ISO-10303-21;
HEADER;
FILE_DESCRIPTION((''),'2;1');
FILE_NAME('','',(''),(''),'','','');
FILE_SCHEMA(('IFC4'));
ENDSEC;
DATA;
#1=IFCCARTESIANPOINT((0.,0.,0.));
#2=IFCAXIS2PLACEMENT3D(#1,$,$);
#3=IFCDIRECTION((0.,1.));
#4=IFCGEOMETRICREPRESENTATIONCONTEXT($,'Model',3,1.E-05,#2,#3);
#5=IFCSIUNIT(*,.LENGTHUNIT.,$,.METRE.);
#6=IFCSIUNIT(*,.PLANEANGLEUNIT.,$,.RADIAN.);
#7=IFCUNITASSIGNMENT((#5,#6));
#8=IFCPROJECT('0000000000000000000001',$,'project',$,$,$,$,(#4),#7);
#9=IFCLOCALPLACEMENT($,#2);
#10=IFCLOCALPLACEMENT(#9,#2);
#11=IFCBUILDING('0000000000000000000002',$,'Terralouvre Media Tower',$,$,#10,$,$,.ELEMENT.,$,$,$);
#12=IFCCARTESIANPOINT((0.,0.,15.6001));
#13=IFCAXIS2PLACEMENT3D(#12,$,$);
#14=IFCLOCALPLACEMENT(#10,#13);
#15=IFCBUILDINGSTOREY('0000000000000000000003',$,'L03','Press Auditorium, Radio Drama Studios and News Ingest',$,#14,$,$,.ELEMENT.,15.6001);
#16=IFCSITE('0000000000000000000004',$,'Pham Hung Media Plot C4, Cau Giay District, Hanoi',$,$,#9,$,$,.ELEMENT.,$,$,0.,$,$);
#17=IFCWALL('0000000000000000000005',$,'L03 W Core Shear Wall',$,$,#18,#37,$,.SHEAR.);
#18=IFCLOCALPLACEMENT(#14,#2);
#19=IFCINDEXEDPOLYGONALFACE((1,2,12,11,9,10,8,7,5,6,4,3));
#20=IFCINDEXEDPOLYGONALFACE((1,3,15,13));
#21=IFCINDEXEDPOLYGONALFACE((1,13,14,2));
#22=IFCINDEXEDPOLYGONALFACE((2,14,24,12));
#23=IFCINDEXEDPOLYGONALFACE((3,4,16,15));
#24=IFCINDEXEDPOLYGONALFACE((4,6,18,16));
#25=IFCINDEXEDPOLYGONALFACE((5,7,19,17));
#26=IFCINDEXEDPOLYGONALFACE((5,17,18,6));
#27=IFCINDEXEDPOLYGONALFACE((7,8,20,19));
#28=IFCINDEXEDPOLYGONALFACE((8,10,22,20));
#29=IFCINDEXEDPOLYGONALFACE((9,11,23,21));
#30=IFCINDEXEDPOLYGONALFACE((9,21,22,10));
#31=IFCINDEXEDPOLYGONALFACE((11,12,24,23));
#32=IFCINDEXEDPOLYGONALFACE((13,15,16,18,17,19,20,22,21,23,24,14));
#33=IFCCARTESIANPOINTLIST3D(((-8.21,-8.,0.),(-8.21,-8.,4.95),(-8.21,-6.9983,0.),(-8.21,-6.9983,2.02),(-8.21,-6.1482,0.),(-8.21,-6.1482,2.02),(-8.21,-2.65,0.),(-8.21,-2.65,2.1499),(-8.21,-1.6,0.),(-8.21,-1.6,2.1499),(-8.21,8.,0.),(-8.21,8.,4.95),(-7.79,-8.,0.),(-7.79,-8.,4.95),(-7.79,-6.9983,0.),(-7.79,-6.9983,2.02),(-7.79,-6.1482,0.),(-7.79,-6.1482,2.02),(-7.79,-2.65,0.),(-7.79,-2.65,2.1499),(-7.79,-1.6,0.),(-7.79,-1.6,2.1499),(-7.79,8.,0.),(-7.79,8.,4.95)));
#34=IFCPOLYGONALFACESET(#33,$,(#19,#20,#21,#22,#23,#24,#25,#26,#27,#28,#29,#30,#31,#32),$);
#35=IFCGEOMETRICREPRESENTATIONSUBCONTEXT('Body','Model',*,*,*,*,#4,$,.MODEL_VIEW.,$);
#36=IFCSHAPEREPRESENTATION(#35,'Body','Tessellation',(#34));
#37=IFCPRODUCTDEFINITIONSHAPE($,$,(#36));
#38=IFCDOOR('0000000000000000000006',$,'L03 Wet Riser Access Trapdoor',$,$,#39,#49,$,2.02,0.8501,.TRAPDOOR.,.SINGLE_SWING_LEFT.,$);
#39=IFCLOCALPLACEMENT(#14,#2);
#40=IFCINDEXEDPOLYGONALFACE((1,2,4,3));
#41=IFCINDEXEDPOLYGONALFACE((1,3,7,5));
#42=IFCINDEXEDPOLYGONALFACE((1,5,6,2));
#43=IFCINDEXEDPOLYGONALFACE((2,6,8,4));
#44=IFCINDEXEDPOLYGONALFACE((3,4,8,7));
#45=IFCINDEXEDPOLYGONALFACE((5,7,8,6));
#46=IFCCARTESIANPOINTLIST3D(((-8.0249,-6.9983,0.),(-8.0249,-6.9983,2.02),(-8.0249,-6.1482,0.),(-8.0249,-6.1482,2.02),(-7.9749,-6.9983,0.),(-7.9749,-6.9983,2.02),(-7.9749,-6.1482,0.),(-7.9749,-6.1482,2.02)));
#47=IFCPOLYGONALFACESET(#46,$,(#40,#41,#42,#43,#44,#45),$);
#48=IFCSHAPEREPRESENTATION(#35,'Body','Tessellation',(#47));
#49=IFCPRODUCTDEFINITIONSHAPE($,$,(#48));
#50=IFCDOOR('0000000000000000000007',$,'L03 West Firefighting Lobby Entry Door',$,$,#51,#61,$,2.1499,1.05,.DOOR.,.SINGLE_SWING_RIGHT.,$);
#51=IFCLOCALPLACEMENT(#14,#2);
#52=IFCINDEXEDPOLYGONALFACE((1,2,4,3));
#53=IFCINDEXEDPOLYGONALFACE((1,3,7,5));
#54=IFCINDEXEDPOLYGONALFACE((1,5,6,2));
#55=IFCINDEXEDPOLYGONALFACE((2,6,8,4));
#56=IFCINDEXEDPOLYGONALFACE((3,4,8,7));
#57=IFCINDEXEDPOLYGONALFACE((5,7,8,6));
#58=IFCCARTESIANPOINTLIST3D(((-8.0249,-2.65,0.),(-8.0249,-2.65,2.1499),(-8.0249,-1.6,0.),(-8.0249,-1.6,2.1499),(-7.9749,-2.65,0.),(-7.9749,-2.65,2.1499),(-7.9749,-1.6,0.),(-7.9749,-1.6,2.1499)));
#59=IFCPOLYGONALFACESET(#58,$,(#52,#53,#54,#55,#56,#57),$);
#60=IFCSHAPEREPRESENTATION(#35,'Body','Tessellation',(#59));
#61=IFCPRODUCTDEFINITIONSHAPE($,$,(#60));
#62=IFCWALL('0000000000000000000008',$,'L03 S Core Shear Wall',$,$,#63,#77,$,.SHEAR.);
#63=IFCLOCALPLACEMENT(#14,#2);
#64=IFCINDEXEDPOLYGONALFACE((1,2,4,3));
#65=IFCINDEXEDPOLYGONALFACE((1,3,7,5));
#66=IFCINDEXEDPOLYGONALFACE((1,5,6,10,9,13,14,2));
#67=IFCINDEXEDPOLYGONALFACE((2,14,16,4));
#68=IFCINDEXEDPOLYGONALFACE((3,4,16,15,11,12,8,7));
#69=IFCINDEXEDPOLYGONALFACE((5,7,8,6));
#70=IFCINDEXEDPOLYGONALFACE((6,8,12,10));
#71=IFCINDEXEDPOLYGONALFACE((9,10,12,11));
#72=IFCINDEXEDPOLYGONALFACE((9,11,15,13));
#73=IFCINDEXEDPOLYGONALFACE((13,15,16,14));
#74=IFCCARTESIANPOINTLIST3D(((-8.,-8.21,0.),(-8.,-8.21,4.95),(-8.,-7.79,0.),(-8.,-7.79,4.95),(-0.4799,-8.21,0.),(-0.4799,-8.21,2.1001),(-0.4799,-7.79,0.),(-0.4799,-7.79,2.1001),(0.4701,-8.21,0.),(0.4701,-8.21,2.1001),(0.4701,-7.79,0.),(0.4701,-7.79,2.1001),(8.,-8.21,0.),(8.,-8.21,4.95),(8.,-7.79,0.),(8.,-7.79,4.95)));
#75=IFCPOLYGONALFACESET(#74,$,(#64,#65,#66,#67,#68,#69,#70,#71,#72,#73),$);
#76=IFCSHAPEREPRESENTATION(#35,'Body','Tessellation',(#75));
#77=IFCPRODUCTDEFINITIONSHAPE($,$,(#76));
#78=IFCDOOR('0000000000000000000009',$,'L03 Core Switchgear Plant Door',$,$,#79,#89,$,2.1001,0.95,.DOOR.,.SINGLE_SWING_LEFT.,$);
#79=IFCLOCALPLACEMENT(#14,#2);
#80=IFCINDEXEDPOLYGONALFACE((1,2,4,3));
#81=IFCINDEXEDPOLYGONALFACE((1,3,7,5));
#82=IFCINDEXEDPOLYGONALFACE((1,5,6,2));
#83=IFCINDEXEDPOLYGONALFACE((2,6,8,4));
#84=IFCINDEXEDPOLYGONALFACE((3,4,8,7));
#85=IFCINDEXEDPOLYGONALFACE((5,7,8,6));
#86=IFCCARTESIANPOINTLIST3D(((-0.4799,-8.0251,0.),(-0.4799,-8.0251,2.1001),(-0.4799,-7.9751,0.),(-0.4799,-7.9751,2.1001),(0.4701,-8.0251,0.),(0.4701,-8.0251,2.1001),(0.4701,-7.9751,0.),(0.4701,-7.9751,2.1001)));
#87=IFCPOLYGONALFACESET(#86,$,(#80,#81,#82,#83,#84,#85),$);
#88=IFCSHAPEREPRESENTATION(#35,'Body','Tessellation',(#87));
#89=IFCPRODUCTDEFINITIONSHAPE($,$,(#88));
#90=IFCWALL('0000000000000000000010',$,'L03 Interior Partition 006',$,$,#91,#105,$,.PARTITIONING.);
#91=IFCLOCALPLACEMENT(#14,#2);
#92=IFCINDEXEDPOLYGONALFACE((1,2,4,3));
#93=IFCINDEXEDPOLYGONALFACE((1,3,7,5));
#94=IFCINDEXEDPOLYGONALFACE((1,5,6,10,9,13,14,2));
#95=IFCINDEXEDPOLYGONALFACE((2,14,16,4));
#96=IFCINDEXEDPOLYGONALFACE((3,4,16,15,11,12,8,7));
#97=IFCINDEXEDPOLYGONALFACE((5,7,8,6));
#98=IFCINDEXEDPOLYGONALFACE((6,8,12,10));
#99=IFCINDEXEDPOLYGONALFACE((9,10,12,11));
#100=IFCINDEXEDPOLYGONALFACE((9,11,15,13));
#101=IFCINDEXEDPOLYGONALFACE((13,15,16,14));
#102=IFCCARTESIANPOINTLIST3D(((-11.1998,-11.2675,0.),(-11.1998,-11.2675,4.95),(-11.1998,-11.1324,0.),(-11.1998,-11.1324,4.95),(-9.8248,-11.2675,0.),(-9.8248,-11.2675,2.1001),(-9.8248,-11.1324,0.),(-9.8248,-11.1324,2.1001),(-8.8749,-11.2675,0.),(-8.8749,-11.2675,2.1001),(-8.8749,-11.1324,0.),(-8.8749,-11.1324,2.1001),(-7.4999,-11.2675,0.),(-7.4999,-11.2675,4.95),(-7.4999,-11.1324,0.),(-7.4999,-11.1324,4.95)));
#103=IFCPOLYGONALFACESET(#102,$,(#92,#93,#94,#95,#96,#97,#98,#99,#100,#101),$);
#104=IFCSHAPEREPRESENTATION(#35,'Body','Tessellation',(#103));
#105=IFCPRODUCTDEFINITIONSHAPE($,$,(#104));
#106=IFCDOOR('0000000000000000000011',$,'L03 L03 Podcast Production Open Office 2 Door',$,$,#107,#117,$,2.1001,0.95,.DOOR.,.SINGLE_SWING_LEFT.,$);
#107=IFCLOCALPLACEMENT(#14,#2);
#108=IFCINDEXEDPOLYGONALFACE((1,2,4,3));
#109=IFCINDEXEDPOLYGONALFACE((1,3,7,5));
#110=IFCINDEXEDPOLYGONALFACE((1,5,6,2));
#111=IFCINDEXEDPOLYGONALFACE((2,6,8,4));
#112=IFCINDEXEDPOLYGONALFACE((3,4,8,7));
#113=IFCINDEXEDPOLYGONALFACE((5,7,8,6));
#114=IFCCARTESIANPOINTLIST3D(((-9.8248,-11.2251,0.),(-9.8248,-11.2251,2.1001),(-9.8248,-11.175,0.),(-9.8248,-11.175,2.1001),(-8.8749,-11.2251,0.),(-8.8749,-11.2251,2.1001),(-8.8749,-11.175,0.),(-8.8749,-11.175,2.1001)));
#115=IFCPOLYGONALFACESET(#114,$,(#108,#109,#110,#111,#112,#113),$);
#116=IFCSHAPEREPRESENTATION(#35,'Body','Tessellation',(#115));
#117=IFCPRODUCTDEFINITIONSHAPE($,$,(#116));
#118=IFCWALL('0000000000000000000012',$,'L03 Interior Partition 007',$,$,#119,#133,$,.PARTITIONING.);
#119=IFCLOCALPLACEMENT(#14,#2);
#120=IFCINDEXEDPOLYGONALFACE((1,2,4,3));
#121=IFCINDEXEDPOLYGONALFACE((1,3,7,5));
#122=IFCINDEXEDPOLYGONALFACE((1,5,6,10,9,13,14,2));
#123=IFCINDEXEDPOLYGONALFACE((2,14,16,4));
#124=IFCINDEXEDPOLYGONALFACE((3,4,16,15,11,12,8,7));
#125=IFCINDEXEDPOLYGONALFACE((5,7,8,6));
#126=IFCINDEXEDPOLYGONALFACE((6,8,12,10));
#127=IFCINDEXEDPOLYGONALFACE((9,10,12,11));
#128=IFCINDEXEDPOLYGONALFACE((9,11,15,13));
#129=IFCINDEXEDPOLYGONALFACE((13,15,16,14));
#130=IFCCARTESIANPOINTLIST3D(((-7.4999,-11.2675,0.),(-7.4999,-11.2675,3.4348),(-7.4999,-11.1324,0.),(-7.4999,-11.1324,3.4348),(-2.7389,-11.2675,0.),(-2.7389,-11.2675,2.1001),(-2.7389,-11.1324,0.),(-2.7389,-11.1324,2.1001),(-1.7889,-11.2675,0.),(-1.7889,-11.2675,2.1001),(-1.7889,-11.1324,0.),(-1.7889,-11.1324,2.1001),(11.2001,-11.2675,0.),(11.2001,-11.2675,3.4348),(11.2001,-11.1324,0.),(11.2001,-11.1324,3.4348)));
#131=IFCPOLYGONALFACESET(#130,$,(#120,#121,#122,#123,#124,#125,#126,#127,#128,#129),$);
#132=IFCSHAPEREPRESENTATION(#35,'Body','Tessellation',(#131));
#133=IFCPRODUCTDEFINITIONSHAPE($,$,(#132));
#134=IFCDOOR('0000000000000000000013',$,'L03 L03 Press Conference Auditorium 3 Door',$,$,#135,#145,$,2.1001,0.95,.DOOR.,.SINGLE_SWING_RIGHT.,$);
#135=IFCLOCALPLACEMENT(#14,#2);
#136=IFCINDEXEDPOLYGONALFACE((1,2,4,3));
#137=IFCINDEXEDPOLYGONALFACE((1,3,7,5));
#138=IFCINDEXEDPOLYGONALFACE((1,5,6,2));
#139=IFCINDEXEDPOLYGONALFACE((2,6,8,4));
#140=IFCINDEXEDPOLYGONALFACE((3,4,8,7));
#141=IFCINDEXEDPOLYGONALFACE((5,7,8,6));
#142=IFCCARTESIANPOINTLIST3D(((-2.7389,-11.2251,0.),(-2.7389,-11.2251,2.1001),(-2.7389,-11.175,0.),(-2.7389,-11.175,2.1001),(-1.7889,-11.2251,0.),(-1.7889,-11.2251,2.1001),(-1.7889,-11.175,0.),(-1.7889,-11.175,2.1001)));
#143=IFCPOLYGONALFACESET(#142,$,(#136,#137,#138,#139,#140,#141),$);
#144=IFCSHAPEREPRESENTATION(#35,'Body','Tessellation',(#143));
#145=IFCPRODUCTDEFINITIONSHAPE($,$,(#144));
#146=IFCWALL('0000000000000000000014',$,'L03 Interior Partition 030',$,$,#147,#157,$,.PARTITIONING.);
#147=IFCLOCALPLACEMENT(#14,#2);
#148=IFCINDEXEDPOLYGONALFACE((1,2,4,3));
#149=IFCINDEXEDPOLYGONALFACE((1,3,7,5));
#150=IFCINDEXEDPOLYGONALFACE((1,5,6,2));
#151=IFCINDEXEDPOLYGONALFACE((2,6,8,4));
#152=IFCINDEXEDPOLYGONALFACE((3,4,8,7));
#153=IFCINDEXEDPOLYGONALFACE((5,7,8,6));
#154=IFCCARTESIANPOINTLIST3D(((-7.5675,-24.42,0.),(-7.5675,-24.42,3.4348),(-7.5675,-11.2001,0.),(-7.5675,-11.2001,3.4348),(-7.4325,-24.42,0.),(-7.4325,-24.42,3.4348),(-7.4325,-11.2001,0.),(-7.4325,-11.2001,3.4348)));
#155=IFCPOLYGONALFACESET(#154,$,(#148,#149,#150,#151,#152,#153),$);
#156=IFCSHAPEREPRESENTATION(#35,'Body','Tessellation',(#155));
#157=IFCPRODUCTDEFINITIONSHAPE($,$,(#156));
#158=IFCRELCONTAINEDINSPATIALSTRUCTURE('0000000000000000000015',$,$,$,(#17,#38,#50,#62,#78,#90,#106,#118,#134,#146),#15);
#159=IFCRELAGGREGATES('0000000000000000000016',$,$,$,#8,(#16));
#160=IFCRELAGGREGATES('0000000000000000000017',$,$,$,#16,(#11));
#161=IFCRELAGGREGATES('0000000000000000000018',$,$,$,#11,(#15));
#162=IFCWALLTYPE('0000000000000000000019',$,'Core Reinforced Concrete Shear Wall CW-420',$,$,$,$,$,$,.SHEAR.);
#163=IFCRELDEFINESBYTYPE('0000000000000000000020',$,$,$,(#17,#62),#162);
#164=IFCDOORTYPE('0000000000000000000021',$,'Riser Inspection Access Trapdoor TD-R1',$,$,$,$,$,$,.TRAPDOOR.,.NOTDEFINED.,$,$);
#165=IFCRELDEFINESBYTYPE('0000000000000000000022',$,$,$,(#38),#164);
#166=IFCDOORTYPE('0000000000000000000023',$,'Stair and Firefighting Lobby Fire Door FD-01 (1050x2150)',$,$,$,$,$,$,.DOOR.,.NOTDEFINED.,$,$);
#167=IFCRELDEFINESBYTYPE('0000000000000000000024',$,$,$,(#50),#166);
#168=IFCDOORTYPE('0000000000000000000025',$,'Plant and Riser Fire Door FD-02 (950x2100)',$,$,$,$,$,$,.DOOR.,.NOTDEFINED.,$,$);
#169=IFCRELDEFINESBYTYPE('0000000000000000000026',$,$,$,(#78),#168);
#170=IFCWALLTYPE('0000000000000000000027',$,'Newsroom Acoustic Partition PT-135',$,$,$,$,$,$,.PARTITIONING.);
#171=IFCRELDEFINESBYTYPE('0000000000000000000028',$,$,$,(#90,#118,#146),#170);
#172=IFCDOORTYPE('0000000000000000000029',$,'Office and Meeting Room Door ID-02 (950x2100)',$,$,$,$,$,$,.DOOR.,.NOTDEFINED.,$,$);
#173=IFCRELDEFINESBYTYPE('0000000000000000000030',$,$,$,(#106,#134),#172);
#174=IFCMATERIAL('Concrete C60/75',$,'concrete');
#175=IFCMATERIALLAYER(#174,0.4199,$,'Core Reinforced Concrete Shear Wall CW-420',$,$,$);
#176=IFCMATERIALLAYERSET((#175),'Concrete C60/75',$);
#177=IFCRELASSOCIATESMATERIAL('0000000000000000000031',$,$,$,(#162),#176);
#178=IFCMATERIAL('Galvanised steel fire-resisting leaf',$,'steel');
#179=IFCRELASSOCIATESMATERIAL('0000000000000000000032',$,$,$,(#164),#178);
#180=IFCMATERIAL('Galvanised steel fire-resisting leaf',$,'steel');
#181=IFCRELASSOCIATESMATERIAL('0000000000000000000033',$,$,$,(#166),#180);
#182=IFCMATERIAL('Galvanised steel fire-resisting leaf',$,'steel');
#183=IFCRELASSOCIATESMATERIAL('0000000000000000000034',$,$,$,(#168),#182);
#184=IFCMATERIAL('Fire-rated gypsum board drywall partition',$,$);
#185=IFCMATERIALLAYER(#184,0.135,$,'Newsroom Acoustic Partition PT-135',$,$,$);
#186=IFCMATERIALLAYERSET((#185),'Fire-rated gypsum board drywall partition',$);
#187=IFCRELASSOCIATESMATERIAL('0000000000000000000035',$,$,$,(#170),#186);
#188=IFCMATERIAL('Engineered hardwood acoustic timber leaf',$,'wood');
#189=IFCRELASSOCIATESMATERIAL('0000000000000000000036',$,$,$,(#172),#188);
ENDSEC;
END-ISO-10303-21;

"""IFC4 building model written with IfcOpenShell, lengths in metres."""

from ifc_helpers import new_model, si_unit, direction, frame, frame_2d, origin, place, context, subcontext, project, spatial, rectangle, extrude, material, layer, layer_set, type_object, element, fill, save


model = new_model("IFC4")

# Units and contexts
model_context = context("Model", 3, precision=1e-05, world=origin(), true_north=direction((0.0, 1.0)))
body_context = subcontext(model_context, "Body", "Model", "MODEL_VIEW")
ifc_project = project(units=[si_unit("LENGTHUNIT", "METRE"), si_unit("PLANEANGLEUNIT", "RADIAN")], contexts=[model_context])

# Site, building, storey
site_placement = place(None, origin())
site = spatial("IfcSite", under=ifc_project, at=site_placement, Name="Pham Hung Media Plot C4, Cau Giay District, Hanoi", CompositionType="ELEMENT", RefElevation=0.0)
building_placement = place(site_placement, origin())
building = spatial("IfcBuilding", under=site, at=building_placement, Name="Terralouvre Media Tower", CompositionType="ELEMENT")
storey_placement = place(building_placement, frame((0.0, 0.0, 15.6001)))
storey = spatial("IfcBuildingStorey", under=building, at=storey_placement, Name="L03", Description="Press Auditorium, Radio Drama Studios and News Ingest", CompositionType="ELEMENT", Elevation=15.6001)

# Wall, openings, doors
ifc_material_1 = material(Name="Concrete C60/75", Category="concrete")
ifc_layer_1 = layer(ifc_material_1, 0.4199, Name="Core Reinforced Concrete Shear Wall CW-420")
ifc_layer_set_1 = layer_set([ifc_layer_1], Name="Concrete C60/75")
wall_type_1 = type_object("IfcWallType", Name="Core Reinforced Concrete Shear Wall CW-420", PredefinedType="SHEAR", material=ifc_layer_set_1)
wall_1_placement = place(storey_placement, frame((-8.0, -8.0, 0.0), z_axis=(0.0, 0.0, 1.0), x_axis=(0.0, 1.0, 0.0)))
wall_1 = element("IfcWall", 1, at=wall_1_placement, inside=storey, type_object=wall_type_1, Name="L03 W Core Shear Wall", PredefinedType="SHEAR", context=body_context, shape_type="SweptSolid", body=[
    extrude(rectangle(XDim=16.0, YDim=0.4199, at=frame_2d((8.0, 0.0))), origin(), (0.0, 0.0, 1.0), 4.95),
])
opening_1_placement = place(wall_1_placement, frame((1.0017, 0.0, 0.0)))
opening_1 = element("IfcOpeningElement", 2, at=opening_1_placement, cuts=wall_1, PredefinedType="OPENING", context=body_context, shape_type="SweptSolid", body=[
    extrude(rectangle(XDim=0.8501, YDim=2.02, at=frame_2d((0.425, 1.01))), frame((0.0, 0.22, 0.0), z_axis=(0.0, -1.0, 0.0), x_axis=(1.0, 0.0, 0.0)), (0.0, 0.0, 1.0), 0.4399),
])
opening_2_placement = place(wall_1_placement, frame((5.3501, 0.0, 0.0)))
opening_2 = element("IfcOpeningElement", 3, at=opening_2_placement, cuts=wall_1, PredefinedType="OPENING", context=body_context, shape_type="SweptSolid", body=[
    extrude(rectangle(XDim=1.05, YDim=2.1499, at=frame_2d((0.5249, 1.075))), frame((0.0, 0.22, 0.0), z_axis=(0.0, -1.0, 0.0), x_axis=(1.0, 0.0, 0.0)), (0.0, 0.0, 1.0), 0.4399),
])
ifc_material_2 = material(Name="Galvanised steel fire-resisting leaf", Category="steel")
door_type_1 = type_object("IfcDoorType", Name="Riser Inspection Access Trapdoor TD-R1", OperationType="NOTDEFINED", PredefinedType="TRAPDOOR", material=ifc_material_2)
door_1_placement = place(opening_1_placement, origin())
door_1 = element("IfcDoor", 4, at=door_1_placement, inside=storey, type_object=door_type_1, Name="L03 Wet Riser Access Trapdoor", OperationType="SINGLE_SWING_LEFT", OverallHeight=2.02, OverallWidth=0.8501, PredefinedType="TRAPDOOR", context=body_context, shape_type="SweptSolid", body=[
    extrude(rectangle(XDim=0.8501, YDim=2.02, at=frame_2d((0.425, 1.01))), frame((0.0, 0.0249, 0.0), z_axis=(0.0, -1.0, 0.0), x_axis=(1.0, 0.0, 0.0)), (0.0, 0.0, 1.0), 0.05),
])
fill(opening_1, door_1)
ifc_material_3 = material(Name="Galvanised steel fire-resisting leaf", Category="steel")
door_type_2 = type_object("IfcDoorType", Name="Stair and Firefighting Lobby Fire Door FD-01 (1050x2150)", OperationType="NOTDEFINED", PredefinedType="DOOR", material=ifc_material_3)
door_2_placement = place(opening_2_placement, origin())
door_2 = element("IfcDoor", 5, at=door_2_placement, inside=storey, type_object=door_type_2, Name="L03 West Firefighting Lobby Entry Door", OperationType="SINGLE_SWING_RIGHT", OverallHeight=2.1499, OverallWidth=1.05, PredefinedType="DOOR", context=body_context, shape_type="SweptSolid", body=[
    extrude(rectangle(XDim=1.05, YDim=2.1499, at=frame_2d((0.5249, 1.075))), frame((0.0, 0.0249, 0.0), z_axis=(0.0, -1.0, 0.0), x_axis=(1.0, 0.0, 0.0)), (0.0, 0.0, 1.0), 0.05),
])
fill(opening_2, door_2)

# Walls, openings, doors
wall_2_placement = place(storey_placement, frame((-8.0, -8.0, 0.0), z_axis=(0.0, 0.0, 1.0), x_axis=(1.0, 0.0, 0.0)))
wall_2 = element("IfcWall", 6, at=wall_2_placement, inside=storey, type_object=wall_type_1, Name="L03 S Core Shear Wall", PredefinedType="SHEAR", context=body_context, shape_type="SweptSolid", body=[
    extrude(rectangle(XDim=16.0, YDim=0.4199, at=frame_2d((8.0, 0.0))), origin(), (0.0, 0.0, 1.0), 4.95),
])
opening_3_placement = place(wall_2_placement, frame((7.52, 0.0, 0.0)))
opening_3 = element("IfcOpeningElement", 7, at=opening_3_placement, cuts=wall_2, PredefinedType="OPENING", context=body_context, shape_type="SweptSolid", body=[
    extrude(rectangle(XDim=0.95, YDim=2.1001, at=frame_2d((0.4751, 1.05))), frame((0.0, 0.22, 0.0), z_axis=(0.0, -1.0, 0.0), x_axis=(1.0, 0.0, 0.0)), (0.0, 0.0, 1.0), 0.4399),
])
ifc_material_4 = material(Name="Galvanised steel fire-resisting leaf", Category="steel")
door_type_3 = type_object("IfcDoorType", Name="Plant and Riser Fire Door FD-02 (950x2100)", OperationType="NOTDEFINED", PredefinedType="DOOR", material=ifc_material_4)
door_3_placement = place(opening_3_placement, origin())
door_3 = element("IfcDoor", 8, at=door_3_placement, inside=storey, type_object=door_type_3, Name="L03 Core Switchgear Plant Door", OperationType="SINGLE_SWING_LEFT", OverallHeight=2.1001, OverallWidth=0.95, PredefinedType="DOOR", context=body_context, shape_type="SweptSolid", body=[
    extrude(rectangle(XDim=0.95, YDim=2.1001, at=frame_2d((0.4751, 1.05))), frame((0.0, 0.0249, 0.0), z_axis=(0.0, -1.0, 0.0), x_axis=(1.0, 0.0, 0.0)), (0.0, 0.0, 1.0), 0.05),
])
fill(opening_3, door_3)
ifc_material_5 = material(Name="Fire-rated gypsum board drywall partition")
ifc_layer_2 = layer(ifc_material_5, 0.135, Name="Newsroom Acoustic Partition PT-135")
ifc_layer_set_2 = layer_set([ifc_layer_2], Name="Fire-rated gypsum board drywall partition")
wall_type_2 = type_object("IfcWallType", Name="Newsroom Acoustic Partition PT-135", PredefinedType="PARTITIONING", material=ifc_layer_set_2)
wall_3_placement = place(storey_placement, frame((-11.2, -11.2, 0.0), z_axis=(0.0, 0.0, 1.0), x_axis=(1.0, 0.0, 0.0)))
wall_3 = element("IfcWall", 9, at=wall_3_placement, inside=storey, type_object=wall_type_2, Name="L03 Interior Partition 006", PredefinedType="PARTITIONING", context=body_context, shape_type="SweptSolid", body=[
    extrude(rectangle(XDim=3.7, YDim=0.135, at=frame_2d((1.8501, 0.0))), origin(), (0.0, 0.0, 1.0), 4.95),
])
opening_4_placement = place(wall_3_placement, frame((1.375, 0.0, 0.0)))
opening_4 = element("IfcOpeningElement", 10, at=opening_4_placement, cuts=wall_3, PredefinedType="OPENING", context=body_context, shape_type="SweptSolid", body=[
    extrude(rectangle(XDim=0.95, YDim=2.1001, at=frame_2d((0.4751, 1.05))), frame((0.0, 0.0774, 0.0), z_axis=(0.0, -1.0, 0.0), x_axis=(1.0, 0.0, 0.0)), (0.0, 0.0, 1.0), 0.155),
])
ifc_material_6 = material(Name="Engineered hardwood acoustic timber leaf", Category="wood")
door_type_4 = type_object("IfcDoorType", Name="Office and Meeting Room Door ID-02 (950x2100)", OperationType="NOTDEFINED", PredefinedType="DOOR", material=ifc_material_6)
door_4_placement = place(opening_4_placement, origin())
door_4 = element("IfcDoor", 11, at=door_4_placement, inside=storey, type_object=door_type_4, Name="L03 L03 Podcast Production Open Office 2 Door", OperationType="SINGLE_SWING_LEFT", OverallHeight=2.1001, OverallWidth=0.95, PredefinedType="DOOR", context=body_context, shape_type="SweptSolid", body=[
    extrude(rectangle(XDim=0.95, YDim=2.1001, at=frame_2d((0.4751, 1.05))), frame((0.0, 0.0249, 0.0), z_axis=(0.0, -1.0, 0.0), x_axis=(1.0, 0.0, 0.0)), (0.0, 0.0, 1.0), 0.05),
])
fill(opening_4, door_4)
wall_4_placement = place(storey_placement, frame((-7.5, -11.2, 0.0), z_axis=(0.0, 0.0, 1.0), x_axis=(1.0, 0.0, 0.0)))
wall_4 = element("IfcWall", 12, at=wall_4_placement, inside=storey, type_object=wall_type_2, Name="L03 Interior Partition 007", PredefinedType="PARTITIONING", context=body_context, shape_type="SweptSolid", body=[
    extrude(rectangle(XDim=18.7, YDim=0.135, at=frame_2d((9.3501, 0.0))), origin(), (0.0, 0.0, 1.0), 3.4348),
])
opening_5_placement = place(wall_4_placement, frame((4.761, 0.0, 0.0)))
opening_5 = element("IfcOpeningElement", 13, at=opening_5_placement, cuts=wall_4, PredefinedType="OPENING", context=body_context, shape_type="SweptSolid", body=[
    extrude(rectangle(XDim=0.95, YDim=2.1001, at=frame_2d((0.4751, 1.05))), frame((0.0, 0.0774, 0.0), z_axis=(0.0, -1.0, 0.0), x_axis=(1.0, 0.0, 0.0)), (0.0, 0.0, 1.0), 0.155),
])
door_5_placement = place(opening_5_placement, origin())
door_5 = element("IfcDoor", 14, at=door_5_placement, inside=storey, type_object=door_type_4, Name="L03 L03 Press Conference Auditorium 3 Door", OperationType="SINGLE_SWING_RIGHT", OverallHeight=2.1001, OverallWidth=0.95, PredefinedType="DOOR", context=body_context, shape_type="SweptSolid", body=[
    extrude(rectangle(XDim=0.95, YDim=2.1001, at=frame_2d((0.4751, 1.05))), frame((0.0, 0.0249, 0.0), z_axis=(0.0, -1.0, 0.0), x_axis=(1.0, 0.0, 0.0)), (0.0, 0.0, 1.0), 0.05),
])
fill(opening_5, door_5)

# Wall
wall_5_placement = place(storey_placement, frame((-7.5, -24.4199, 0.0), z_axis=(0.0, 0.0, 1.0), x_axis=(0.0, 1.0, 0.0)))
element("IfcWall", 15, at=wall_5_placement, inside=storey, type_object=wall_type_2, Name="L03 Interior Partition 030", PredefinedType="PARTITIONING", context=body_context, shape_type="SweptSolid", body=[
    extrude(rectangle(XDim=13.22, YDim=0.135, at=frame_2d((6.6099, 0.0))), origin(), (0.0, 0.0, 1.0), 3.4348),
])

save(model, "model.ifc")
